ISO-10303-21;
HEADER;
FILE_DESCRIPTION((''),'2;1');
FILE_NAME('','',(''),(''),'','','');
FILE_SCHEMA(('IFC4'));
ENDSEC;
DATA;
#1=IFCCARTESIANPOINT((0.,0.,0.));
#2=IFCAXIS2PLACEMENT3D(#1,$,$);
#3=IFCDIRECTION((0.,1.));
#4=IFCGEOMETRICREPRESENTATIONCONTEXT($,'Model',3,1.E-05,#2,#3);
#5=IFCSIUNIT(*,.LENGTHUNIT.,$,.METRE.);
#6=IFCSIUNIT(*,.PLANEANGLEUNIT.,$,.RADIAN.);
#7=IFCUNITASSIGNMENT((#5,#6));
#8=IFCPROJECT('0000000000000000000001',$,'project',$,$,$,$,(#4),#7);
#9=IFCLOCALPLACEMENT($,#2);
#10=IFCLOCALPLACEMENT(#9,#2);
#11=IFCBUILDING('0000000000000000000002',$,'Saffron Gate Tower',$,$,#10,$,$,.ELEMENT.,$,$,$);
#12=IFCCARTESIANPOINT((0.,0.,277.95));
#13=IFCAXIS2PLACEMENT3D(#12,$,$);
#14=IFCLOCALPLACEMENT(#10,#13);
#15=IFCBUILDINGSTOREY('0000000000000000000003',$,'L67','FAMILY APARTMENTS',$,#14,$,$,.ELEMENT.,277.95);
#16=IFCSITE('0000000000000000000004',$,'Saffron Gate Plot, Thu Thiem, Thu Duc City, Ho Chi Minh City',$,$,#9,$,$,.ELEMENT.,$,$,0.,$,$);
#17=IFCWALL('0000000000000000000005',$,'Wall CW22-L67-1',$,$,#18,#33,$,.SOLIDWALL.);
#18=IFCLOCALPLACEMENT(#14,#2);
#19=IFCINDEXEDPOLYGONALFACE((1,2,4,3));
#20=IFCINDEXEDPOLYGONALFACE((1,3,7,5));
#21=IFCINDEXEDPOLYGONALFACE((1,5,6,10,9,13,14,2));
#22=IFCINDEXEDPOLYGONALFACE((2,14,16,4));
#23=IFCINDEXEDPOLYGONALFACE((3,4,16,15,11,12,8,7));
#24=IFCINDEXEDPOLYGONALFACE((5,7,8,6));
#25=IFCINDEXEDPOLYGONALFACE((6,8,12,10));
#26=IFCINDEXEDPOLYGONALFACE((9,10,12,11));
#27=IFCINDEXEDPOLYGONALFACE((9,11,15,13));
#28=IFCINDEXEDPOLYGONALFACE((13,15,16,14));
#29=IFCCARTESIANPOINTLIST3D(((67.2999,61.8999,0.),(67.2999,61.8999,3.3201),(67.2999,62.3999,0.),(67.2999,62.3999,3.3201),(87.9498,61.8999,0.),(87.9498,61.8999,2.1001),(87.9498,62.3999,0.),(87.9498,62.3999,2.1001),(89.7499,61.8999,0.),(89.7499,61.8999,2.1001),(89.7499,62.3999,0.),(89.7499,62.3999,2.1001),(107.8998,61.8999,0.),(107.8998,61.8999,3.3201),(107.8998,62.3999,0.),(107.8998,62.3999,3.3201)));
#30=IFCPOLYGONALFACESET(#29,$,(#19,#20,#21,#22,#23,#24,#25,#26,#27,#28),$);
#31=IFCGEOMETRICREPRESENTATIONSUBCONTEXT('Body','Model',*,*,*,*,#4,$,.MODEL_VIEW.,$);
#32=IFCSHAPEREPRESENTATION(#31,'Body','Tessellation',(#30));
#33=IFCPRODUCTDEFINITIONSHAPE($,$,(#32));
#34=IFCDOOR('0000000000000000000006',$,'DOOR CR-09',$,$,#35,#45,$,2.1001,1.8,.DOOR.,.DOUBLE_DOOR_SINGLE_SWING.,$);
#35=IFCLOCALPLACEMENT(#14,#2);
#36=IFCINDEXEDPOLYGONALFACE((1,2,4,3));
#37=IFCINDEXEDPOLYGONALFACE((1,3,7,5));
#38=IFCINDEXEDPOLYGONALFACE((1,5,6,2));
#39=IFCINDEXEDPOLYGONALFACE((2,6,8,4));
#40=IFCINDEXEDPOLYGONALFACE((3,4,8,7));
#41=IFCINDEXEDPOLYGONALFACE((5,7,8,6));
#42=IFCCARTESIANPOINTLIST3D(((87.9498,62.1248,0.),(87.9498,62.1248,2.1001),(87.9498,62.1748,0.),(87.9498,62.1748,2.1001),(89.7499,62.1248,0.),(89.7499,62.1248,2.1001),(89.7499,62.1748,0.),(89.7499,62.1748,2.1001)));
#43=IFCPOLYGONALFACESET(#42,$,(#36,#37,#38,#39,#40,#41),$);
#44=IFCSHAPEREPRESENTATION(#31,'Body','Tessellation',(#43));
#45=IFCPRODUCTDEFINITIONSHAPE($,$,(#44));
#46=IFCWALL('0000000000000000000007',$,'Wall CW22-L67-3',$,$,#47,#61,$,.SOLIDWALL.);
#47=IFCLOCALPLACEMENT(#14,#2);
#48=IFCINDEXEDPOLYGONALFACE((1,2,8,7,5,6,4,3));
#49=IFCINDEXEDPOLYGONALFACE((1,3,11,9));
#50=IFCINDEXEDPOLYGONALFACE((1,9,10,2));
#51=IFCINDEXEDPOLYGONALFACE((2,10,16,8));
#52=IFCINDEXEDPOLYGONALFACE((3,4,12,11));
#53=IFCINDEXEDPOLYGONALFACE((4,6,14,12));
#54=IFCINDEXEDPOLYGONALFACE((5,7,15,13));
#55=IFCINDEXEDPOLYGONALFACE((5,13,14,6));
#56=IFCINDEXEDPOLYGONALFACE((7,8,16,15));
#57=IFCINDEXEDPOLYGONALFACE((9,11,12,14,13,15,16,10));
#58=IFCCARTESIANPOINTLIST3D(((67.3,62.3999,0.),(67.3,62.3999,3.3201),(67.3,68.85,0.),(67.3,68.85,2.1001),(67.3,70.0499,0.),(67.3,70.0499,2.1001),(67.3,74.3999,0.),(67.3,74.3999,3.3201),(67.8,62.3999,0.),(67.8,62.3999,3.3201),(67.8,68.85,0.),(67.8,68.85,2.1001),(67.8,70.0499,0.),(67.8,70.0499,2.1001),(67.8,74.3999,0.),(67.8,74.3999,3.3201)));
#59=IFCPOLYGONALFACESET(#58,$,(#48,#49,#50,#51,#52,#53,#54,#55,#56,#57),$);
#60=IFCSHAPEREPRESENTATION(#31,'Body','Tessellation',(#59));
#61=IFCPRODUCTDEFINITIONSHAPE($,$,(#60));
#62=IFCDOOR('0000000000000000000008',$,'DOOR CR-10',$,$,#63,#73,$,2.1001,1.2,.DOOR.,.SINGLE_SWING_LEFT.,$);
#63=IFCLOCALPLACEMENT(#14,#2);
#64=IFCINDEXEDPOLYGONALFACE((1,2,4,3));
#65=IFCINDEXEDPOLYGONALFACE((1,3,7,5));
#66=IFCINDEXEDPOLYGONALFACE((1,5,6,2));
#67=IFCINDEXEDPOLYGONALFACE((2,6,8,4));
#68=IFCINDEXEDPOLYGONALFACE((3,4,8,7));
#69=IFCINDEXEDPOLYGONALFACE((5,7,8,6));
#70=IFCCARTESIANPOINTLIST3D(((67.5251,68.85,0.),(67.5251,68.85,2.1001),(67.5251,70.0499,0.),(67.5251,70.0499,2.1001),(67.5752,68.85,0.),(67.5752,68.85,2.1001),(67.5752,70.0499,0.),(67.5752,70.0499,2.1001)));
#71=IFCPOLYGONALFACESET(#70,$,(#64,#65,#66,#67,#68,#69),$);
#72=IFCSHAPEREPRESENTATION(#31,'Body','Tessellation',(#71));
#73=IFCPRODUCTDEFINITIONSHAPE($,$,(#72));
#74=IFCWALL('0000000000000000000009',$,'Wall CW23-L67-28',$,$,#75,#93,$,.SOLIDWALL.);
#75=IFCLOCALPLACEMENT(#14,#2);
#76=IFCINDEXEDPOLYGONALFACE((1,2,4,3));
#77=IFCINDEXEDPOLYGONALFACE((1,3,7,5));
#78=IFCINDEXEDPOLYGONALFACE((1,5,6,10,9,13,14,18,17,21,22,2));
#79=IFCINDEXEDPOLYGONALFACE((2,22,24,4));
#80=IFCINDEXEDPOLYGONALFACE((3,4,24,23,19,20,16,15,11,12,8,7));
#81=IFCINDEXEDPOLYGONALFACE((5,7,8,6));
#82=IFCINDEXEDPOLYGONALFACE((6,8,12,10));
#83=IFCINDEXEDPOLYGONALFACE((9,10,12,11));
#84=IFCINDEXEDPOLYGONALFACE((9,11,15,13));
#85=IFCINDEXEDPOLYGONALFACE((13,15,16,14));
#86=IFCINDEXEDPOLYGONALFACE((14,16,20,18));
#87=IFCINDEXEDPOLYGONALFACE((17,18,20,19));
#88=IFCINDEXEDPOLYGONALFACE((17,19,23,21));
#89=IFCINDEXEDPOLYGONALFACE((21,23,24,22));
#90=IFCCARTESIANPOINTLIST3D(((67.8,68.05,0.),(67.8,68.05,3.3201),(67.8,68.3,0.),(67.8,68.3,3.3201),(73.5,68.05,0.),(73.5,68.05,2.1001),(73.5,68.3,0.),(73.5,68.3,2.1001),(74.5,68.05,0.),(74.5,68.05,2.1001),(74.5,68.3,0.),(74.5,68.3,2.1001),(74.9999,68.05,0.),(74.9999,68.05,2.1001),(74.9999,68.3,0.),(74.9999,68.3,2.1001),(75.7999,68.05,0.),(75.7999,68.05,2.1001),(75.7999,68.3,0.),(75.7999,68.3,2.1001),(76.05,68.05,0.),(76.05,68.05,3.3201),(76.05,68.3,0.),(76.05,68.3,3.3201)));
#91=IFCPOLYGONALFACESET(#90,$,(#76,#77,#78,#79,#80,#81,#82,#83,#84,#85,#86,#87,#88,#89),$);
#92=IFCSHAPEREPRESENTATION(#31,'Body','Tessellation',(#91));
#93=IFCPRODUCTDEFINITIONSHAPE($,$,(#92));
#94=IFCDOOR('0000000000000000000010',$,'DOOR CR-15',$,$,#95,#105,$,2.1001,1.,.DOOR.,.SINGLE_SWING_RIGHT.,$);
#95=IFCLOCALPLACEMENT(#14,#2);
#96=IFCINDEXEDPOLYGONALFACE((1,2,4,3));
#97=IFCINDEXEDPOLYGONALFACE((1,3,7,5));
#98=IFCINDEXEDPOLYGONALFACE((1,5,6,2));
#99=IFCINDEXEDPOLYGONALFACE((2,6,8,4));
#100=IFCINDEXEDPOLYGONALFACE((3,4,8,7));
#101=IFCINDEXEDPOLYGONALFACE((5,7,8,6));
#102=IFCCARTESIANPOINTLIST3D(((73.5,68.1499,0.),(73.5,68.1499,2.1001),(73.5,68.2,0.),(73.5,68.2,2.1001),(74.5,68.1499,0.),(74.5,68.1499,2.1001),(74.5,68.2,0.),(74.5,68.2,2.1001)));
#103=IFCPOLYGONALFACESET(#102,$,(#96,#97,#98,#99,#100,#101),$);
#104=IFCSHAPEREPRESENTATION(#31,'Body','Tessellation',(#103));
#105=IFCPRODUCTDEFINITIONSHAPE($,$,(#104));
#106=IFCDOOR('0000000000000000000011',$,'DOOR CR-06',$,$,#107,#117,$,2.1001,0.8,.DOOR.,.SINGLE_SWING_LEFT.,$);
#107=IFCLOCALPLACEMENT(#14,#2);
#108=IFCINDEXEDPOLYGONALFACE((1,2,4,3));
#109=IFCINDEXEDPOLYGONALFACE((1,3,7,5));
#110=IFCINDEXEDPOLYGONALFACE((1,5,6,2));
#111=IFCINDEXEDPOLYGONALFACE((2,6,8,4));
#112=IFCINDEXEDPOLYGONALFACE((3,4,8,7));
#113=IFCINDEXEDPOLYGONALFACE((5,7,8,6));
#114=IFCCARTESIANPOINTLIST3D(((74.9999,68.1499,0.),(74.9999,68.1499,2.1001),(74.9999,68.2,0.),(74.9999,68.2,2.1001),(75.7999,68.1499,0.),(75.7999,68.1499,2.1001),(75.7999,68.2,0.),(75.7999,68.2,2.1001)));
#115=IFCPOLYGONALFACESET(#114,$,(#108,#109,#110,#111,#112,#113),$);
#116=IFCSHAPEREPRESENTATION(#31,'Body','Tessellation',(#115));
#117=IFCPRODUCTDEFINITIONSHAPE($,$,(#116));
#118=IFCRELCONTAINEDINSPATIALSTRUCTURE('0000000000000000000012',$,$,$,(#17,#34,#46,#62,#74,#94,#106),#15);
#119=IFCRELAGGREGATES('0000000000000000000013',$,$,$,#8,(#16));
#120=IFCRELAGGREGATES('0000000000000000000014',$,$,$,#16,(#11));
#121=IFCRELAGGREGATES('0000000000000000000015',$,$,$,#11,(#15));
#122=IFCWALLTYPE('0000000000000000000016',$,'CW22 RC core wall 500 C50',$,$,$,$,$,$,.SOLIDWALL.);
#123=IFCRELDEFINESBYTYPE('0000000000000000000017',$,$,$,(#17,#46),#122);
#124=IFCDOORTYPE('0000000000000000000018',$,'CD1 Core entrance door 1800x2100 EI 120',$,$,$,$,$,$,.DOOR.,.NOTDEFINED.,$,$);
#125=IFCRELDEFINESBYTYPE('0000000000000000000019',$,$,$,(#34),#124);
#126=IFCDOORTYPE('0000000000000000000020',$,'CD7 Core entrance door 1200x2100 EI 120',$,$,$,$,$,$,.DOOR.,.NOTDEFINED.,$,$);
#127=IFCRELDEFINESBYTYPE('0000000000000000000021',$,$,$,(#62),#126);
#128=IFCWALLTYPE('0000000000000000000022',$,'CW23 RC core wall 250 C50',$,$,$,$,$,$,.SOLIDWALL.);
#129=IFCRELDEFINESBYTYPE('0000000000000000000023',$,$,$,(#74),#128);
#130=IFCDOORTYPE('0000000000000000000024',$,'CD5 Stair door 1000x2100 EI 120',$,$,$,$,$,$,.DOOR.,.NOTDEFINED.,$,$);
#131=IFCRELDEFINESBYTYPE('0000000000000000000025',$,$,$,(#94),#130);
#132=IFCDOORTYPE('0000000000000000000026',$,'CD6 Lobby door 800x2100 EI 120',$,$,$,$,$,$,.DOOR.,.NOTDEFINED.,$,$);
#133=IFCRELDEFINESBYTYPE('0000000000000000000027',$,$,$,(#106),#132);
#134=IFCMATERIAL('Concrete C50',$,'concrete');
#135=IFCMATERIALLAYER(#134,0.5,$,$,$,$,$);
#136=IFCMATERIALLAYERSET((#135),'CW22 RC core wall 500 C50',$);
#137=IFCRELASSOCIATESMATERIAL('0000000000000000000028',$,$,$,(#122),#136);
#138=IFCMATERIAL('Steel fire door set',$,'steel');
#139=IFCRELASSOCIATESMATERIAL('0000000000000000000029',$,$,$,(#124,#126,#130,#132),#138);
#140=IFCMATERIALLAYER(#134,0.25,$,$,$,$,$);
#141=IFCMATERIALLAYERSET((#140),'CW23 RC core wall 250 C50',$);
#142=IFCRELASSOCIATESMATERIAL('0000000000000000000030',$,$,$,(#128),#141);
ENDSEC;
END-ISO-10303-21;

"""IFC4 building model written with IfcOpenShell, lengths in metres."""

from ifc_helpers import new_model, si_unit, direction, frame, frame_2d, origin, place, context, subcontext, project, spatial, rectangle, extrude, material, layer, layer_set, type_object, element, fill, save


model = new_model("IFC4")

# Units and contexts
model_context = context("Model", 3, precision=1e-05, world=origin(), true_north=direction((0.0, 1.0)))
body_context = subcontext(model_context, "Body", "Model", "MODEL_VIEW")
ifc_project = project(units=[si_unit("LENGTHUNIT", "METRE"), si_unit("PLANEANGLEUNIT", "RADIAN")], contexts=[model_context])

# Site, building, storey
site_placement = place(None, origin())
site = spatial("IfcSite", under=ifc_project, at=site_placement, Name="Saffron Gate Plot, Thu Thiem, Thu Duc City, Ho Chi Minh City", CompositionType="ELEMENT", RefElevation=0.0)
building_placement = place(site_placement, origin())
building = spatial("IfcBuilding", under=site, at=building_placement, Name="Saffron Gate Tower", CompositionType="ELEMENT")
storey_placement = place(building_placement, frame((0.0, 0.0, 277.95)))
storey = spatial("IfcBuildingStorey", under=building, at=storey_placement, Name="L67", Description="FAMILY APARTMENTS", CompositionType="ELEMENT", Elevation=277.95)

# Walls, openings, doors
ifc_material_1 = material(Name="Concrete C50", Category="concrete")
ifc_layer_1 = layer(ifc_material_1, 0.5)
ifc_layer_set_1 = layer_set([ifc_layer_1], Name="CW22 RC core wall 500 C50")
wall_type_1 = type_object("IfcWallType", Name="CW22 RC core wall 500 C50", PredefinedType="SOLIDWALL", material=ifc_layer_set_1)
wall_1_placement = place(storey_placement, frame((67.3, 62.1499, 0.0), z_axis=(0.0, 0.0, 1.0), x_axis=(1.0, 0.0, 0.0)))
wall_1 = element("IfcWall", 1, at=wall_1_placement, inside=storey, type_object=wall_type_1, Name="Wall CW22-L67-1", PredefinedType="SOLIDWALL", context=body_context, shape_type="SweptSolid", body=[
    extrude(rectangle(XDim=40.5999, YDim=0.5, at=frame_2d((20.2998, 0.0))), origin(), (0.0, 0.0, 1.0), 3.3201),
])
opening_1_placement = place(wall_1_placement, frame((20.6499, 0.0, 0.0)))
opening_1 = element("IfcOpeningElement", 2, at=opening_1_placement, cuts=wall_1, PredefinedType="OPENING", context=body_context, shape_type="SweptSolid", body=[
    extrude(rectangle(XDim=1.8, YDim=2.1001, at=frame_2d((0.8999, 1.05))), frame((0.0, 0.26, 0.0), z_axis=(0.0, -1.0, 0.0), x_axis=(1.0, 0.0, 0.0)), (0.0, 0.0, 1.0), 0.52),
])
ifc_material_2 = material(Name="Steel fire door set", Category="steel")
door_type_1 = type_object("IfcDoorType", Name="CD1 Core entrance door 1800x2100 EI 120", OperationType="NOTDEFINED", PredefinedType="DOOR", material=ifc_material_2)
door_1_placement = place(opening_1_placement, origin())
door_1 = element("IfcDoor", 3, at=door_1_placement, inside=storey, type_object=door_type_1, Name="DOOR CR-09", OperationType="DOUBLE_DOOR_SINGLE_SWING", OverallHeight=2.1001, OverallWidth=1.8, PredefinedType="DOOR", context=body_context, shape_type="SweptSolid", body=[
    extrude(rectangle(XDim=1.8, YDim=2.1001, at=frame_2d((0.8999, 1.05))), frame((0.0, 0.0249, 0.0), z_axis=(0.0, -1.0, 0.0), x_axis=(1.0, 0.0, 0.0)), (0.0, 0.0, 1.0), 0.05),
])
fill(opening_1, door_1)
wall_2_placement = place(storey_placement, frame((67.55, 62.3999, 0.0), z_axis=(0.0, 0.0, 1.0), x_axis=(0.0, 1.0, 0.0)))
wall_2 = element("IfcWall", 4, at=wall_2_placement, inside=storey, type_object=wall_type_1, Name="Wall CW22-L67-3", PredefinedType="SOLIDWALL", context=body_context, shape_type="SweptSolid", body=[
    extrude(rectangle(XDim=12.0, YDim=0.5, at=frame_2d((6.0, 0.0))), origin(), (0.0, 0.0, 1.0), 3.3201),
])
opening_2_placement = place(wall_2_placement, frame((6.45, 0.0, 0.0)))
opening_2 = element("IfcOpeningElement", 5, at=opening_2_placement, cuts=wall_2, PredefinedType="OPENING", context=body_context, shape_type="SweptSolid", body=[
    extrude(rectangle(XDim=1.2, YDim=2.1001, at=frame_2d((0.6001, 1.05))), frame((0.0, 0.26, 0.0), z_axis=(0.0, -1.0, 0.0), x_axis=(1.0, 0.0, 0.0)), (0.0, 0.0, 1.0), 0.52),
])
door_type_2 = type_object("IfcDoorType", Name="CD7 Core entrance door 1200x2100 EI 120", OperationType="NOTDEFINED", PredefinedType="DOOR", material=ifc_material_2)
door_2_placement = place(opening_2_placement, origin())
door_2 = element("IfcDoor", 6, at=door_2_placement, inside=storey, type_object=door_type_2, Name="DOOR CR-10", OperationType="SINGLE_SWING_LEFT", OverallHeight=2.1001, OverallWidth=1.2, PredefinedType="DOOR", context=body_context, shape_type="SweptSolid", body=[
    extrude(rectangle(XDim=1.2, YDim=2.1001, at=frame_2d((0.6001, 1.05))), frame((0.0, 0.0249, 0.0), z_axis=(0.0, -1.0, 0.0), x_axis=(1.0, 0.0, 0.0)), (0.0, 0.0, 1.0), 0.05),
])
fill(opening_2, door_2)

# Wall, openings, doors
ifc_layer_2 = layer(ifc_material_1, 0.25)
ifc_layer_set_2 = layer_set([ifc_layer_2], Name="CW23 RC core wall 250 C50")
wall_type_2 = type_object("IfcWallType", Name="CW23 RC core wall 250 C50", PredefinedType="SOLIDWALL", material=ifc_layer_set_2)
wall_3_placement = place(storey_placement, frame((67.8, 68.175, 0.0), z_axis=(0.0, 0.0, 1.0), x_axis=(1.0, 0.0, 0.0)))
wall_3 = element("IfcWall", 7, at=wall_3_placement, inside=storey, type_object=wall_type_2, Name="Wall CW23-L67-28", PredefinedType="SOLIDWALL", context=body_context, shape_type="SweptSolid", body=[
    extrude(rectangle(XDim=8.25, YDim=0.25, at=frame_2d((4.125, 0.0))), origin(), (0.0, 0.0, 1.0), 3.3201),
])
opening_3_placement = place(wall_3_placement, frame((5.7, 0.0, 0.0)))
opening_3 = element("IfcOpeningElement", 8, at=opening_3_placement, cuts=wall_3, PredefinedType="OPENING", context=body_context, shape_type="SweptSolid", body=[
    extrude(rectangle(XDim=1.0, YDim=2.1001, at=frame_2d((0.5, 1.05))), frame((0.0, 0.135, 0.0), z_axis=(0.0, -1.0, 0.0), x_axis=(1.0, 0.0, 0.0)), (0.0, 0.0, 1.0), 0.27),
])
opening_4_placement = place(wall_3_placement, frame((7.2, 0.0, 0.0)))
opening_4 = element("IfcOpeningElement", 9, at=opening_4_placement, cuts=wall_3, PredefinedType="OPENING", context=body_context, shape_type="SweptSolid", body=[
    extrude(rectangle(XDim=0.8, YDim=2.1001, at=frame_2d((0.3999, 1.05))), frame((0.0, 0.135, 0.0), z_axis=(0.0, -1.0, 0.0), x_axis=(1.0, 0.0, 0.0)), (0.0, 0.0, 1.0), 0.27),
])
door_type_3 = type_object("IfcDoorType", Name="CD5 Stair door 1000x2100 EI 120", OperationType="NOTDEFINED", PredefinedType="DOOR", material=ifc_material_2)
door_3_placement = place(opening_3_placement, origin())
door_3 = element("IfcDoor", 10, at=door_3_placement, inside=storey, type_object=door_type_3, Name="DOOR CR-15", OperationType="SINGLE_SWING_RIGHT", OverallHeight=2.1001, OverallWidth=1.0, PredefinedType="DOOR", context=body_context, shape_type="SweptSolid", body=[
    extrude(rectangle(XDim=1.0, YDim=2.1001, at=frame_2d((0.5, 1.05))), frame((0.0, 0.0249, 0.0), z_axis=(0.0, -1.0, 0.0), x_axis=(1.0, 0.0, 0.0)), (0.0, 0.0, 1.0), 0.05),
])
fill(opening_3, door_3)
door_type_4 = type_object("IfcDoorType", Name="CD6 Lobby door 800x2100 EI 120", OperationType="NOTDEFINED", PredefinedType="DOOR", material=ifc_material_2)
door_4_placement = place(opening_4_placement, origin())
door_4 = element("IfcDoor", 11, at=door_4_placement, inside=storey, type_object=door_type_4, Name="DOOR CR-06", OperationType="SINGLE_SWING_LEFT", OverallHeight=2.1001, OverallWidth=0.8, PredefinedType="DOOR", context=body_context, shape_type="SweptSolid", body=[
    extrude(rectangle(XDim=0.8, YDim=2.1001, at=frame_2d((0.3999, 1.05))), frame((0.0, 0.0249, 0.0), z_axis=(0.0, -1.0, 0.0), x_axis=(1.0, 0.0, 0.0)), (0.0, 0.0, 1.0), 0.05),
])
fill(opening_4, door_4)

save(model, "model.ifc")
